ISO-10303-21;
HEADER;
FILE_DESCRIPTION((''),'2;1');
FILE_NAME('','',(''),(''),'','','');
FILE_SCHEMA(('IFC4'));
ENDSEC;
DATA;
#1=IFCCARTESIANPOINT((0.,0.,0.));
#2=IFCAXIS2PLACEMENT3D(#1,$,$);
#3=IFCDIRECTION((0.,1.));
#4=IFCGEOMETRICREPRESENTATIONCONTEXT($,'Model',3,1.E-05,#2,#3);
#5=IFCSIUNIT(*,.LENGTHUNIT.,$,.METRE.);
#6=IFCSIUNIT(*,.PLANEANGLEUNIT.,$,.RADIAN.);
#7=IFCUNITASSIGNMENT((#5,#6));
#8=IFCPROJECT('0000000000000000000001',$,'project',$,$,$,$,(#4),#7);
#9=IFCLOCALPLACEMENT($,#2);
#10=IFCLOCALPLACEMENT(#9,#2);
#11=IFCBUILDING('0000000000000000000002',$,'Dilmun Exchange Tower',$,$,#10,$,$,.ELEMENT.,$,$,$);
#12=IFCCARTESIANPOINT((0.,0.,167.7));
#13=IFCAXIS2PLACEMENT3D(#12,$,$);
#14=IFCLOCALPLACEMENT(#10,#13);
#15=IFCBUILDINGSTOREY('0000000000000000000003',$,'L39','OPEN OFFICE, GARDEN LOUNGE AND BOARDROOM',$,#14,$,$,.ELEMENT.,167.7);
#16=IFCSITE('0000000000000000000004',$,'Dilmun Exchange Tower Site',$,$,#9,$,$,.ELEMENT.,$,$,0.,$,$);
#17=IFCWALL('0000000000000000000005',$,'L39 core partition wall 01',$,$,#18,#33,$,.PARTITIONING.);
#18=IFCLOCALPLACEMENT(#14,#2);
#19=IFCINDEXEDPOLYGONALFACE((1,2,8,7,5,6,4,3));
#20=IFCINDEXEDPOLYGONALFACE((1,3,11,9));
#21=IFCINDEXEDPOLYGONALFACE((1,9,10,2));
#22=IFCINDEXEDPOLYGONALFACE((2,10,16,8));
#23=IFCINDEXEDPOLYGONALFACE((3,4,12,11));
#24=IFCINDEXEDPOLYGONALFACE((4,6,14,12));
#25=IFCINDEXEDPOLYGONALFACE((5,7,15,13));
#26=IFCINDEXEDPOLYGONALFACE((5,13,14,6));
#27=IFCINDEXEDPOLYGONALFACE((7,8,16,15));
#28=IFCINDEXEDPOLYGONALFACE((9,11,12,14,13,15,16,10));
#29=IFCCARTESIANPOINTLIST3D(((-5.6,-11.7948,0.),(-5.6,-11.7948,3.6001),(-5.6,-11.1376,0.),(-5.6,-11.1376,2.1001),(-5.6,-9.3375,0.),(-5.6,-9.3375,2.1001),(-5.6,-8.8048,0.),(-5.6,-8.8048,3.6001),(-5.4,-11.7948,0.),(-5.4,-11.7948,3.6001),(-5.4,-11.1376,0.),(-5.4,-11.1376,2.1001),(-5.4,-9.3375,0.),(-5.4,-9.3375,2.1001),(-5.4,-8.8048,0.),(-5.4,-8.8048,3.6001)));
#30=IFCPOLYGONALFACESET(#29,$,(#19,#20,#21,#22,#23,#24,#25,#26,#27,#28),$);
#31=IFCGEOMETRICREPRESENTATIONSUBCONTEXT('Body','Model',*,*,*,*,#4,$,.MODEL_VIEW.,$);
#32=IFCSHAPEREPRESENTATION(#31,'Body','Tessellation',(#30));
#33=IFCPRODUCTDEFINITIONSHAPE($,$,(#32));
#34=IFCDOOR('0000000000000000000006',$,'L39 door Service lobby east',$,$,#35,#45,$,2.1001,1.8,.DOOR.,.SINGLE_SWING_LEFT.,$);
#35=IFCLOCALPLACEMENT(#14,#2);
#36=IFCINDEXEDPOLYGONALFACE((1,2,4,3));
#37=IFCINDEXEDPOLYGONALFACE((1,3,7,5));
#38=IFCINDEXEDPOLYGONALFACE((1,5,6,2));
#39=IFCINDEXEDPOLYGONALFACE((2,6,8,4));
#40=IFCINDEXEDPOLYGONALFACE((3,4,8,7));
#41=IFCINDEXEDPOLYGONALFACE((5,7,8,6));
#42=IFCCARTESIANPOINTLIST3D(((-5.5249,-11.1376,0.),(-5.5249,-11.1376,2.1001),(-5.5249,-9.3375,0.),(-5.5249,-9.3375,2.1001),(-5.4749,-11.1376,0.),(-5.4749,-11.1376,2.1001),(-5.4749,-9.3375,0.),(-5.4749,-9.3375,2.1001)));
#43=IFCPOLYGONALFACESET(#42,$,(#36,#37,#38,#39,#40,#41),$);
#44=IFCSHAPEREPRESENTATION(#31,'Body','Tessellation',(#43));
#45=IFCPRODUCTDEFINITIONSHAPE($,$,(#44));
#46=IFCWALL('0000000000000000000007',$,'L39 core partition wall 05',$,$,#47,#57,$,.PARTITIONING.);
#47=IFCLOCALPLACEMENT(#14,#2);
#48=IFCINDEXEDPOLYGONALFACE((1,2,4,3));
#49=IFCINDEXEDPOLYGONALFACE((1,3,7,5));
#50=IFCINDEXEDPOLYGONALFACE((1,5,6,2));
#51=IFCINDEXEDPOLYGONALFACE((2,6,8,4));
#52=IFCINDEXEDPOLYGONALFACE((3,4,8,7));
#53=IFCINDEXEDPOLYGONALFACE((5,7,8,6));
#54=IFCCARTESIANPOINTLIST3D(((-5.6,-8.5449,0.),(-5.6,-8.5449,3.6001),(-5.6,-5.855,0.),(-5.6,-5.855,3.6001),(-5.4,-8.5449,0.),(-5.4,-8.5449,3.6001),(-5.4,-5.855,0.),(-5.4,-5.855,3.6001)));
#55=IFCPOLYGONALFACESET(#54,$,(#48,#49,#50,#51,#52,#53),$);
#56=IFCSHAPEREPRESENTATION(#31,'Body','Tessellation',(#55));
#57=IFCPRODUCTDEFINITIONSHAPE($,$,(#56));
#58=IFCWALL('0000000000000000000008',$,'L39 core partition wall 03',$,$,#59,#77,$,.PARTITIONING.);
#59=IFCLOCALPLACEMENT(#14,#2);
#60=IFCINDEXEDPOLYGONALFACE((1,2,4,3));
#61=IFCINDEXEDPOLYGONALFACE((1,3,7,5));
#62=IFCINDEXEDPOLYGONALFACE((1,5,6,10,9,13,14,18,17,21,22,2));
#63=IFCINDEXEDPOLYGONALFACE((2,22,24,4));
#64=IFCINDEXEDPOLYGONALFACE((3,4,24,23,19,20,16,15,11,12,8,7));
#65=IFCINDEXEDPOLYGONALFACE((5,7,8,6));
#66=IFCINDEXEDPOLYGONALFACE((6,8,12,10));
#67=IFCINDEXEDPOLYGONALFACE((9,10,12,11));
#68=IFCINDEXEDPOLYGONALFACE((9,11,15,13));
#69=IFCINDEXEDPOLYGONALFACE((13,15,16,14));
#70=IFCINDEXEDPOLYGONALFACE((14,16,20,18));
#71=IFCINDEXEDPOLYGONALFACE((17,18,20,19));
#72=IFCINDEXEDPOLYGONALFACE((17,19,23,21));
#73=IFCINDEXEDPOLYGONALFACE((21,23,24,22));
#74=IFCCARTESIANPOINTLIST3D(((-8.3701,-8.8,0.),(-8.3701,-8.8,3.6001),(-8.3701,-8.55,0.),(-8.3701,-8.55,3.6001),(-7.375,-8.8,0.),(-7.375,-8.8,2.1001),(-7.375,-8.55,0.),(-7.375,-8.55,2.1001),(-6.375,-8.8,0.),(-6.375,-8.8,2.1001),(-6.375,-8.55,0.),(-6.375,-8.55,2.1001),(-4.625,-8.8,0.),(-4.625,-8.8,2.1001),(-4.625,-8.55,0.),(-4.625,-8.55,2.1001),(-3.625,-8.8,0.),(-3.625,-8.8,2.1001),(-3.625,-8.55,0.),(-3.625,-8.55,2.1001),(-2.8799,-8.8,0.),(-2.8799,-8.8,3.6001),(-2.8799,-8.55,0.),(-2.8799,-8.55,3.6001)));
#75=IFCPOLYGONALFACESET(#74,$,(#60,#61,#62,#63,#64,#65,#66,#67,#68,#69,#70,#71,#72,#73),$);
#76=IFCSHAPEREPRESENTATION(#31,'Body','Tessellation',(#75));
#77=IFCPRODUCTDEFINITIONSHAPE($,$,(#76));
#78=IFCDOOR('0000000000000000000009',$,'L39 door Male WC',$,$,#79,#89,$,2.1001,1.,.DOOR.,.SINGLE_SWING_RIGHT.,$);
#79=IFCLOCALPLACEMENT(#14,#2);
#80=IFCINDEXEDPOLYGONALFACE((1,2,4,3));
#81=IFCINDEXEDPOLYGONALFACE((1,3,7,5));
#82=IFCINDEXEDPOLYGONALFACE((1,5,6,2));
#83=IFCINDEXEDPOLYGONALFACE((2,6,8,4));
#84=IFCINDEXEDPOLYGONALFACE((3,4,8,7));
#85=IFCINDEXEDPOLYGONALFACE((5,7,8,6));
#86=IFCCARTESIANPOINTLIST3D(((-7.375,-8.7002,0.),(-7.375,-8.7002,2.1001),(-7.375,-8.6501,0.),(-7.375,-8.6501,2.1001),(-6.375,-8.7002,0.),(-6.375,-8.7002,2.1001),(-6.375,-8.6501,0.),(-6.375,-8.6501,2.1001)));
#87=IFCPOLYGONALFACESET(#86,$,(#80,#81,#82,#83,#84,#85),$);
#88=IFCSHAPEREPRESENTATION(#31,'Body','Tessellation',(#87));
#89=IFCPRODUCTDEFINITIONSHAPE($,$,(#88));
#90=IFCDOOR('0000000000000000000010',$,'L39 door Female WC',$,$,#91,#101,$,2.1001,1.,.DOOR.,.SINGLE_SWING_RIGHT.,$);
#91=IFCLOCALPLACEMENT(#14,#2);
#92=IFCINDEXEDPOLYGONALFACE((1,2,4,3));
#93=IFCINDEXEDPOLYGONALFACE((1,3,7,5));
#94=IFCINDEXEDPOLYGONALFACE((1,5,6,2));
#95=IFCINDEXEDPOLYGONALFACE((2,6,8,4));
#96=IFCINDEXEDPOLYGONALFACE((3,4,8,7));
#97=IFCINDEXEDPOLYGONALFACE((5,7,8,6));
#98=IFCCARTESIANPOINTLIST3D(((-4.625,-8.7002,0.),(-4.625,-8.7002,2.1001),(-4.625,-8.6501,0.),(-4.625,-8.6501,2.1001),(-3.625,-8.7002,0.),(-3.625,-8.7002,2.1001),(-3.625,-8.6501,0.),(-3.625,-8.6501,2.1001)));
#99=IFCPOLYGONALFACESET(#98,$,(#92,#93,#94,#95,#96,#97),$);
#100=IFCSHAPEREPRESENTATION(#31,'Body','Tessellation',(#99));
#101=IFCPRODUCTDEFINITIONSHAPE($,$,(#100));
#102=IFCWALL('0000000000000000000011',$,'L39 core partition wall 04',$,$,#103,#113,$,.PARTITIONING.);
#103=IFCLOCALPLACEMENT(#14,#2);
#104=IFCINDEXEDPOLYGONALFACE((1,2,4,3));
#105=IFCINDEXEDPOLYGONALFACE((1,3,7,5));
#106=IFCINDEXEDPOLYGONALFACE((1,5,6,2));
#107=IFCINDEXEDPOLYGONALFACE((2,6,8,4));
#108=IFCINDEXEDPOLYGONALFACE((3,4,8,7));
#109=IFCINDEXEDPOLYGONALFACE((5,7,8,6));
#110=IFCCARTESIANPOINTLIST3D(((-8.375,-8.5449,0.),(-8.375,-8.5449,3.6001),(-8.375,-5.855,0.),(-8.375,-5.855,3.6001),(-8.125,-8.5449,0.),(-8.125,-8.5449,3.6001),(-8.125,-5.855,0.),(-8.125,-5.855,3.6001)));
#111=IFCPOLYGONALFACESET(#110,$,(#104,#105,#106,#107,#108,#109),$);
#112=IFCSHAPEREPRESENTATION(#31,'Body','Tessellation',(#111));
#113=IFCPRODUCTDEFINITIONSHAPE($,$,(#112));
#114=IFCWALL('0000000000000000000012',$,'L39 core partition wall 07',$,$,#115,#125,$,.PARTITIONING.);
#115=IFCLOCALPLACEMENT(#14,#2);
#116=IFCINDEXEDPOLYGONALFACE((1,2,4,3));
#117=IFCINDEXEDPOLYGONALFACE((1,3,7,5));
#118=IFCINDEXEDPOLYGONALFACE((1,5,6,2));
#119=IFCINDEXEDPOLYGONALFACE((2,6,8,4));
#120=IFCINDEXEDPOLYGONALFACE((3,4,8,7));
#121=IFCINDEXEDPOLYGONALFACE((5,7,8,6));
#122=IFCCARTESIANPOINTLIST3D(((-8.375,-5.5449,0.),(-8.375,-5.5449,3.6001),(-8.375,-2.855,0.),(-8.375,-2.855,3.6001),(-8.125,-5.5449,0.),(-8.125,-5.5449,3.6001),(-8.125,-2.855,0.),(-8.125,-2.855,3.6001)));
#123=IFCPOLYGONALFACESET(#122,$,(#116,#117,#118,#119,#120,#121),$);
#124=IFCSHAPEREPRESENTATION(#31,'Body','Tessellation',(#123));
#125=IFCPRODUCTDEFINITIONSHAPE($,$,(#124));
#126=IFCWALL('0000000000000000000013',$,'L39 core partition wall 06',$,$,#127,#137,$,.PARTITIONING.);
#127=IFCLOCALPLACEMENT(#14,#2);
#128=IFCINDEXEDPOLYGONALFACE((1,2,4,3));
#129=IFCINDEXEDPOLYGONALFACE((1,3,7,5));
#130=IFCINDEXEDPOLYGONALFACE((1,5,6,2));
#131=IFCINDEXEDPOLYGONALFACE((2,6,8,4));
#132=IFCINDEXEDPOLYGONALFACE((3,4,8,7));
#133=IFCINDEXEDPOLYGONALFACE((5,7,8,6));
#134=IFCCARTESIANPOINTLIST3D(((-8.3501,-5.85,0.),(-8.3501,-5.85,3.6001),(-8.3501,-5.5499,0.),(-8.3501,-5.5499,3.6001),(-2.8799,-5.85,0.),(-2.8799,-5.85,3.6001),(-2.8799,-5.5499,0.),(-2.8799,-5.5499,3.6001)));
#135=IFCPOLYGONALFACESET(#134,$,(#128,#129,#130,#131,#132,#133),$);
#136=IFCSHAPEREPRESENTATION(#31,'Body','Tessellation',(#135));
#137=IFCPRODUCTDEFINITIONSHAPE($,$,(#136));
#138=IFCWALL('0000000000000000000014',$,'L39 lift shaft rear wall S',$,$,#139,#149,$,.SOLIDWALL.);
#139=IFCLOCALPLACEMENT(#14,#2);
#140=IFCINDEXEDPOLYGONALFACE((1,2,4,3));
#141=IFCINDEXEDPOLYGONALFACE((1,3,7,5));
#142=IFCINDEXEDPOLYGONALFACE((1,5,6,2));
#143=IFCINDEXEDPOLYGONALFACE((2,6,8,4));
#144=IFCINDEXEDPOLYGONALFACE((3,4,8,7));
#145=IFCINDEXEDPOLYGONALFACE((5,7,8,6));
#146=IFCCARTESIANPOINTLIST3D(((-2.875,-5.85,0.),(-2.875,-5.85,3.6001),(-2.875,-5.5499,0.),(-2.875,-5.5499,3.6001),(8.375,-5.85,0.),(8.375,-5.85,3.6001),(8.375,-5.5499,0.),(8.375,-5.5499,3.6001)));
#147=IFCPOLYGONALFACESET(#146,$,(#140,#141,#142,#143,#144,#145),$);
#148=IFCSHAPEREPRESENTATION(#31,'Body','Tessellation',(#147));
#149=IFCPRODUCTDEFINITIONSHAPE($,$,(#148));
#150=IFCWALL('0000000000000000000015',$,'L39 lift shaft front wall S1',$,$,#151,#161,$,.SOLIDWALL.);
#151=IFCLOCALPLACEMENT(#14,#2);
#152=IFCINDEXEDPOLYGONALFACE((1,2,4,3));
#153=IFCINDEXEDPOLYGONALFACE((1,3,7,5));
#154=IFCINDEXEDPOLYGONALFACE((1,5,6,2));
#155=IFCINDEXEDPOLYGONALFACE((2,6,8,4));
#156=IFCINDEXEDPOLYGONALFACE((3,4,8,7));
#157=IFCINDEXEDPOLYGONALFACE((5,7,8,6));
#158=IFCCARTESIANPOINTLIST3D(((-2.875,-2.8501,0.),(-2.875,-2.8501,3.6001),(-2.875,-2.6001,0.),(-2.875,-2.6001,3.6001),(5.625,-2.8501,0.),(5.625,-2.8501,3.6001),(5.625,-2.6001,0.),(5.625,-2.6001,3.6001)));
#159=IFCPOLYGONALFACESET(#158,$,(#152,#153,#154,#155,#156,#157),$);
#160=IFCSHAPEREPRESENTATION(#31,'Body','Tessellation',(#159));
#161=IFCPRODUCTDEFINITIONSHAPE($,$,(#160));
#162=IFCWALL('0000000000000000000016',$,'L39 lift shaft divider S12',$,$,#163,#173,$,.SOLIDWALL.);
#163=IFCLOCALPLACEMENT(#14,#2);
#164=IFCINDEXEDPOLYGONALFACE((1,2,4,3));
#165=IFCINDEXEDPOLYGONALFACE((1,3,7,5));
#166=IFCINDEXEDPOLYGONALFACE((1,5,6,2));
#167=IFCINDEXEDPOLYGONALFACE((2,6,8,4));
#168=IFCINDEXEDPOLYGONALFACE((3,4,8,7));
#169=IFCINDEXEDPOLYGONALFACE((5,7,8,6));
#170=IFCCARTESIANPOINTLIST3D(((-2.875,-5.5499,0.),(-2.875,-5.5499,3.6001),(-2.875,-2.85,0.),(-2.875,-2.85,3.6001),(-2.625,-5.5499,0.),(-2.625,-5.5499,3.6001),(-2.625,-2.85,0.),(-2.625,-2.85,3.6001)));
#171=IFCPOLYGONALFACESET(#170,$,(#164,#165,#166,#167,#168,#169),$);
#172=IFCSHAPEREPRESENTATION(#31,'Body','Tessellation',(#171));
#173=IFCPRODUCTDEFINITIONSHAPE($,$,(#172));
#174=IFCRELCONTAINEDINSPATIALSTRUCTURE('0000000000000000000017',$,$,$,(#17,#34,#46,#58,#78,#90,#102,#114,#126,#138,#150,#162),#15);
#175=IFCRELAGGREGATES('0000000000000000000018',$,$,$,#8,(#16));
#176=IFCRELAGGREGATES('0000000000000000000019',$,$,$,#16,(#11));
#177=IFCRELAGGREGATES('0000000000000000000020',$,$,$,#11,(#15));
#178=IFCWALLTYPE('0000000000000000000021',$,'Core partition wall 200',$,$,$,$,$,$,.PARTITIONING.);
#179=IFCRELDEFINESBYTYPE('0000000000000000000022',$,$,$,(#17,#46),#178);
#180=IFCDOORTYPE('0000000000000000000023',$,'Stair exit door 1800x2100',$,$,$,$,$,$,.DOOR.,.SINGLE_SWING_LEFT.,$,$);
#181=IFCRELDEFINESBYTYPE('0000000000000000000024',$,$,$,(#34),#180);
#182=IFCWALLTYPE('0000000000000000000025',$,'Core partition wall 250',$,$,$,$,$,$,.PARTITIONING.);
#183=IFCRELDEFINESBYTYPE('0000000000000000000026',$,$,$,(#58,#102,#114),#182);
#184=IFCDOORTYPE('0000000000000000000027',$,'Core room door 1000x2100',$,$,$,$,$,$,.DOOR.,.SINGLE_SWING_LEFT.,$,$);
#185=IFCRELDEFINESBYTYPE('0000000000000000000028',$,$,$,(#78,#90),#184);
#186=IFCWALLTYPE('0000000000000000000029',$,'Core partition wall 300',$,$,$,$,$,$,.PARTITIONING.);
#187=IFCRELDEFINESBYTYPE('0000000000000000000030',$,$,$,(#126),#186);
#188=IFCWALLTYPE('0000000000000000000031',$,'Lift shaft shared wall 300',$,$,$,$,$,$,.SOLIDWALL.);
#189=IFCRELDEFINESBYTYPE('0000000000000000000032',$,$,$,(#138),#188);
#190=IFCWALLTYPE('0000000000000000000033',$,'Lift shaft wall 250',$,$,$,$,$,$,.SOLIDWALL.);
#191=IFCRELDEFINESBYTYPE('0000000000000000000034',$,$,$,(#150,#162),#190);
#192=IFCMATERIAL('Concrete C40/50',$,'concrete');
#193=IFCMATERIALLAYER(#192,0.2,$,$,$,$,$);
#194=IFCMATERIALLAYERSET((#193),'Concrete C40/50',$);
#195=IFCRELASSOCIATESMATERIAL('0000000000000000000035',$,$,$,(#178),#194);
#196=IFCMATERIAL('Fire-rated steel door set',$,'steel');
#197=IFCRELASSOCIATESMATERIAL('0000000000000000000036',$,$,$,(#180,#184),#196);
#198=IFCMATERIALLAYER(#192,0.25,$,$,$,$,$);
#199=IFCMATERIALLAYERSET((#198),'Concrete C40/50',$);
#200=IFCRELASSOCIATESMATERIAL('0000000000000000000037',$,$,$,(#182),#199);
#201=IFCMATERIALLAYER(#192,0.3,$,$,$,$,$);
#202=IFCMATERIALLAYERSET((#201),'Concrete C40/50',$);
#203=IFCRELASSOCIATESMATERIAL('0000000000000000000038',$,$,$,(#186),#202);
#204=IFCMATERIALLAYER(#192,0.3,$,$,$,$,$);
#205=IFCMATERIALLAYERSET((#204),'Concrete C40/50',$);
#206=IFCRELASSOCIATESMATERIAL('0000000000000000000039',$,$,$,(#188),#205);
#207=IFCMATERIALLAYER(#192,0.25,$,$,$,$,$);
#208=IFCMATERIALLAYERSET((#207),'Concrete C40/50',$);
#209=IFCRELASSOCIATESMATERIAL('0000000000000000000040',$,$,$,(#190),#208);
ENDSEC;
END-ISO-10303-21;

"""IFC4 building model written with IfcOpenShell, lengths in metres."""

from ifc_helpers import new_model, si_unit, direction, frame, frame_2d, origin, place, context, subcontext, project, spatial, rectangle, extrude, material, layer, layer_set, type_object, element, fill, save


model = new_model("IFC4")

# Units and contexts
model_context = context("Model", 3, precision=1e-05, world=origin(), true_north=direction((0.0, 1.0)))
body_context = subcontext(model_context, "Body", "Model", "MODEL_VIEW")
ifc_project = project(units=[si_unit("LENGTHUNIT", "METRE"), si_unit("PLANEANGLEUNIT", "RADIAN")], contexts=[model_context])

# Site, building, storey
site_placement = place(None, origin())
site = spatial("IfcSite", under=ifc_project, at=site_placement, Name="Dilmun Exchange Tower Site", CompositionType="ELEMENT", RefElevation=0.0)
building_placement = place(site_placement, origin())
building = spatial("IfcBuilding", under=site, at=building_placement, Name="Dilmun Exchange Tower", CompositionType="ELEMENT")
storey_placement = place(building_placement, frame((0.0, 0.0, 167.7)))
storey = spatial("IfcBuildingStorey", under=building, at=storey_placement, Name="L39", Description="OPEN OFFICE, GARDEN LOUNGE AND BOARDROOM", CompositionType="ELEMENT", Elevation=167.7)

# Wall, opening, door
ifc_material_1 = material(Name="Concrete C40/50", Category="concrete")
ifc_layer_1 = layer(ifc_material_1, 0.2)
ifc_layer_set_1 = layer_set([ifc_layer_1], Name="Concrete C40/50")
wall_type_1 = type_object("IfcWallType", Name="Core partition wall 200", PredefinedType="PARTITIONING", material=ifc_layer_set_1)
wall_1_placement = place(storey_placement, frame((-5.5, -11.7949, 0.0), z_axis=(0.0, 0.0, 1.0), x_axis=(0.0, 1.0, 0.0)))
wall_1 = element("IfcWall", 1, at=wall_1_placement, inside=storey, type_object=wall_type_1, Name="L39 core partition wall 01", PredefinedType="PARTITIONING", context=body_context, shape_type="SweptSolid", body=[
    extrude(rectangle(XDim=2.99, YDim=0.2, at=frame_2d((1.4951, 0.0))), origin(), (0.0, 0.0, 1.0), 3.6001),
])
opening_1_placement = place(wall_1_placement, frame((0.6575, 0.0, 0.0)))
opening_1 = element("IfcOpeningElement", 2, at=opening_1_placement, cuts=wall_1, PredefinedType="OPENING", context=body_context, shape_type="SweptSolid", body=[
    extrude(rectangle(XDim=1.8, YDim=2.1001, at=frame_2d((0.8999, 1.05))), frame((0.0, 0.1099, 0.0), z_axis=(0.0, -1.0, 0.0), x_axis=(1.0, 0.0, 0.0)), (0.0, 0.0, 1.0), 0.22),
])
ifc_material_2 = material(Name="Fire-rated steel door set", Category="steel")
door_type_1 = type_object("IfcDoorType", Name="Stair exit door 1800x2100", OperationType="SINGLE_SWING_LEFT", PredefinedType="DOOR", material=ifc_material_2)
door_1_placement = place(opening_1_placement, origin())
door_1 = element("IfcDoor", 3, at=door_1_placement, inside=storey, type_object=door_type_1, Name="L39 door Service lobby east", OperationType="SINGLE_SWING_LEFT", OverallHeight=2.1001, OverallWidth=1.8, PredefinedType="DOOR", context=body_context, shape_type="SweptSolid", body=[
    extrude(rectangle(XDim=1.8, YDim=2.1001, at=frame_2d((0.8999, 1.05))), frame((0.0, 0.0249, 0.0), z_axis=(0.0, -1.0, 0.0), x_axis=(1.0, 0.0, 0.0)), (0.0, 0.0, 1.0), 0.05),
])
fill(opening_1, door_1)

# Wall
wall_2_placement = place(storey_placement, frame((-5.5, -8.5449, 0.0), z_axis=(0.0, 0.0, 1.0), x_axis=(0.0, 1.0, 0.0)))
element("IfcWall", 4, at=wall_2_placement, inside=storey, type_object=wall_type_1, Name="L39 core partition wall 05", PredefinedType="PARTITIONING", context=body_context, shape_type="SweptSolid", body=[
    extrude(rectangle(XDim=2.6899, YDim=0.2, at=frame_2d((1.345, 0.0))), origin(), (0.0, 0.0, 1.0), 3.6001),
])

# Wall, openings, doors
ifc_layer_2 = layer(ifc_material_1, 0.25)
ifc_layer_set_2 = layer_set([ifc_layer_2], Name="Concrete C40/50")
wall_type_2 = type_object("IfcWallType", Name="Core partition wall 250", PredefinedType="PARTITIONING", material=ifc_layer_set_2)
wall_3_placement = place(storey_placement, frame((-8.3701, -8.675, 0.0), z_axis=(0.0, 0.0, 1.0), x_axis=(1.0, 0.0, 0.0)))
wall_3 = element("IfcWall", 5, at=wall_3_placement, inside=storey, type_object=wall_type_2, Name="L39 core partition wall 03", PredefinedType="PARTITIONING", context=body_context, shape_type="SweptSolid", body=[
    extrude(rectangle(XDim=5.4902, YDim=0.25, at=frame_2d((2.7451, 0.0))), origin(), (0.0, 0.0, 1.0), 3.6001),
])
opening_2_placement = place(wall_3_placement, frame((0.9951, 0.0, 0.0)))
opening_2 = element("IfcOpeningElement", 6, at=opening_2_placement, cuts=wall_3, PredefinedType="OPENING", context=body_context, shape_type="SweptSolid", body=[
    extrude(rectangle(XDim=1.0, YDim=2.1001, at=frame_2d((0.5, 1.05))), frame((0.0, 0.135, 0.0), z_axis=(0.0, -1.0, 0.0), x_axis=(1.0, 0.0, 0.0)), (0.0, 0.0, 1.0), 0.27),
])
opening_3_placement = place(wall_3_placement, frame((3.7451, 0.0, 0.0)))
opening_3 = element("IfcOpeningElement", 7, at=opening_3_placement, cuts=wall_3, PredefinedType="OPENING", context=body_context, shape_type="SweptSolid", body=[
    extrude(rectangle(XDim=1.0, YDim=2.1001, at=frame_2d((0.5, 1.05))), frame((0.0, 0.135, 0.0), z_axis=(0.0, -1.0, 0.0), x_axis=(1.0, 0.0, 0.0)), (0.0, 0.0, 1.0), 0.27),
])
door_type_2 = type_object("IfcDoorType", Name="Core room door 1000x2100", OperationType="SINGLE_SWING_LEFT", PredefinedType="DOOR", material=ifc_material_2)
door_2_placement = place(opening_2_placement, origin())
door_2 = element("IfcDoor", 8, at=door_2_placement, inside=storey, type_object=door_type_2, Name="L39 door Male WC", OperationType="SINGLE_SWING_RIGHT", OverallHeight=2.1001, OverallWidth=1.0, PredefinedType="DOOR", context=body_context, shape_type="SweptSolid", body=[
    extrude(rectangle(XDim=1.0, YDim=2.1001, at=frame_2d((0.5, 1.05))), frame((0.0, 0.0249, 0.0), z_axis=(0.0, -1.0, 0.0), x_axis=(1.0, 0.0, 0.0)), (0.0, 0.0, 1.0), 0.05),
])
fill(opening_2, door_2)
door_3_placement = place(opening_3_placement, origin())
door_3 = element("IfcDoor", 9, at=door_3_placement, inside=storey, type_object=door_type_2, Name="L39 door Female WC", OperationType="SINGLE_SWING_RIGHT", OverallHeight=2.1001, OverallWidth=1.0, PredefinedType="DOOR", context=body_context, shape_type="SweptSolid", body=[
    extrude(rectangle(XDim=1.0, YDim=2.1001, at=frame_2d((0.5, 1.05))), frame((0.0, 0.0249, 0.0), z_axis=(0.0, -1.0, 0.0), x_axis=(1.0, 0.0, 0.0)), (0.0, 0.0, 1.0), 0.05),
])
fill(opening_3, door_3)

# Walls
for number, where, z_axis, x_axis, name in (
    (10, (-8.25, -8.5449, 0.0), (0.0, 0.0, 1.0), (0.0, 1.0, 0.0), "L39 core partition wall 04"),
    (11, (-8.25, -5.5449, 0.0), (0.0, 0.0, 1.0), (0.0, 1.0, 0.0), "L39 core partition wall 07"),
):
    element("IfcWall", number, at=place(storey_placement, frame(where, z_axis=z_axis, x_axis=x_axis)), inside=storey, type_object=wall_type_2, Name=name, PredefinedType="PARTITIONING", context=body_context, shape_type="SweptSolid", body=[
        extrude(rectangle(XDim=2.6899, YDim=0.25, at=frame_2d((1.345, 0.0))), origin(), (0.0, 0.0, 1.0), 3.6001),
    ])
ifc_layer_3 = layer(ifc_material_1, 0.3)
ifc_layer_set_3 = layer_set([ifc_layer_3], Name="Concrete C40/50")
wall_type_3 = type_object("IfcWallType", Name="Core partition wall 300", PredefinedType="PARTITIONING", material=ifc_layer_set_3)
wall_4_placement = place(storey_placement, frame((-8.3501, -5.7, 0.0), z_axis=(0.0, 0.0, 1.0), x_axis=(1.0, 0.0, 0.0)))
element("IfcWall", 12, at=wall_4_placement, inside=storey, type_object=wall_type_3, Name="L39 core partition wall 06", PredefinedType="PARTITIONING", context=body_context, shape_type="SweptSolid", body=[
    extrude(rectangle(XDim=5.4702, YDim=0.3, at=frame_2d((2.7351, 0.0))), origin(), (0.0, 0.0, 1.0), 3.6001),
])
ifc_layer_4 = layer(ifc_material_1, 0.3)
ifc_layer_set_4 = layer_set([ifc_layer_4], Name="Concrete C40/50")
wall_type_4 = type_object("IfcWallType", Name="Lift shaft shared wall 300", PredefinedType="SOLIDWALL", material=ifc_layer_set_4)
wall_5_placement = place(storey_placement, frame((-2.875, -5.7, 0.0), z_axis=(0.0, 0.0, 1.0), x_axis=(1.0, 0.0, 0.0)))
element("IfcWall", 13, at=wall_5_placement, inside=storey, type_object=wall_type_4, Name="L39 lift shaft rear wall S", PredefinedType="SOLIDWALL", context=body_context, shape_type="SweptSolid", body=[
    extrude(rectangle(XDim=11.25, YDim=0.3, at=frame_2d((5.625, 0.0))), origin(), (0.0, 0.0, 1.0), 3.6001),
])
ifc_layer_5 = layer(ifc_material_1, 0.25)
ifc_layer_set_5 = layer_set([ifc_layer_5], Name="Concrete C40/50")
wall_type_5 = type_object("IfcWallType", Name="Lift shaft wall 250", PredefinedType="SOLIDWALL", material=ifc_layer_set_5)
wall_6_placement = place(storey_placement, frame((-2.875, -2.7251, 0.0), z_axis=(0.0, 0.0, 1.0), x_axis=(1.0, 0.0, 0.0)))
element("IfcWall", 14, at=wall_6_placement, inside=storey, type_object=wall_type_5, Name="L39 lift shaft front wall S1", PredefinedType="SOLIDWALL", context=body_context, shape_type="SweptSolid", body=[
    extrude(rectangle(XDim=8.5, YDim=0.25, at=frame_2d((4.25, 0.0))), origin(), (0.0, 0.0, 1.0), 3.6001),
])
for number, where, z_axis, x_axis, name in (
    (15, (-2.75, -5.55, 0.0), (0.0, 0.0, 1.0), (0.0, 1.0, 0.0), "L39 lift shaft divider S12"),
):
    element("IfcWall", number, at=place(storey_placement, frame(where, z_axis=z_axis, x_axis=x_axis)), inside=storey, type_object=wall_type_5, Name=name, PredefinedType="SOLIDWALL", context=body_context, shape_type="SweptSolid", body=[
        extrude(rectangle(XDim=2.7, YDim=0.25, at=frame_2d((1.3501, 0.0))), origin(), (0.0, 0.0, 1.0), 3.6001),
    ])

save(model, "model.ifc")
